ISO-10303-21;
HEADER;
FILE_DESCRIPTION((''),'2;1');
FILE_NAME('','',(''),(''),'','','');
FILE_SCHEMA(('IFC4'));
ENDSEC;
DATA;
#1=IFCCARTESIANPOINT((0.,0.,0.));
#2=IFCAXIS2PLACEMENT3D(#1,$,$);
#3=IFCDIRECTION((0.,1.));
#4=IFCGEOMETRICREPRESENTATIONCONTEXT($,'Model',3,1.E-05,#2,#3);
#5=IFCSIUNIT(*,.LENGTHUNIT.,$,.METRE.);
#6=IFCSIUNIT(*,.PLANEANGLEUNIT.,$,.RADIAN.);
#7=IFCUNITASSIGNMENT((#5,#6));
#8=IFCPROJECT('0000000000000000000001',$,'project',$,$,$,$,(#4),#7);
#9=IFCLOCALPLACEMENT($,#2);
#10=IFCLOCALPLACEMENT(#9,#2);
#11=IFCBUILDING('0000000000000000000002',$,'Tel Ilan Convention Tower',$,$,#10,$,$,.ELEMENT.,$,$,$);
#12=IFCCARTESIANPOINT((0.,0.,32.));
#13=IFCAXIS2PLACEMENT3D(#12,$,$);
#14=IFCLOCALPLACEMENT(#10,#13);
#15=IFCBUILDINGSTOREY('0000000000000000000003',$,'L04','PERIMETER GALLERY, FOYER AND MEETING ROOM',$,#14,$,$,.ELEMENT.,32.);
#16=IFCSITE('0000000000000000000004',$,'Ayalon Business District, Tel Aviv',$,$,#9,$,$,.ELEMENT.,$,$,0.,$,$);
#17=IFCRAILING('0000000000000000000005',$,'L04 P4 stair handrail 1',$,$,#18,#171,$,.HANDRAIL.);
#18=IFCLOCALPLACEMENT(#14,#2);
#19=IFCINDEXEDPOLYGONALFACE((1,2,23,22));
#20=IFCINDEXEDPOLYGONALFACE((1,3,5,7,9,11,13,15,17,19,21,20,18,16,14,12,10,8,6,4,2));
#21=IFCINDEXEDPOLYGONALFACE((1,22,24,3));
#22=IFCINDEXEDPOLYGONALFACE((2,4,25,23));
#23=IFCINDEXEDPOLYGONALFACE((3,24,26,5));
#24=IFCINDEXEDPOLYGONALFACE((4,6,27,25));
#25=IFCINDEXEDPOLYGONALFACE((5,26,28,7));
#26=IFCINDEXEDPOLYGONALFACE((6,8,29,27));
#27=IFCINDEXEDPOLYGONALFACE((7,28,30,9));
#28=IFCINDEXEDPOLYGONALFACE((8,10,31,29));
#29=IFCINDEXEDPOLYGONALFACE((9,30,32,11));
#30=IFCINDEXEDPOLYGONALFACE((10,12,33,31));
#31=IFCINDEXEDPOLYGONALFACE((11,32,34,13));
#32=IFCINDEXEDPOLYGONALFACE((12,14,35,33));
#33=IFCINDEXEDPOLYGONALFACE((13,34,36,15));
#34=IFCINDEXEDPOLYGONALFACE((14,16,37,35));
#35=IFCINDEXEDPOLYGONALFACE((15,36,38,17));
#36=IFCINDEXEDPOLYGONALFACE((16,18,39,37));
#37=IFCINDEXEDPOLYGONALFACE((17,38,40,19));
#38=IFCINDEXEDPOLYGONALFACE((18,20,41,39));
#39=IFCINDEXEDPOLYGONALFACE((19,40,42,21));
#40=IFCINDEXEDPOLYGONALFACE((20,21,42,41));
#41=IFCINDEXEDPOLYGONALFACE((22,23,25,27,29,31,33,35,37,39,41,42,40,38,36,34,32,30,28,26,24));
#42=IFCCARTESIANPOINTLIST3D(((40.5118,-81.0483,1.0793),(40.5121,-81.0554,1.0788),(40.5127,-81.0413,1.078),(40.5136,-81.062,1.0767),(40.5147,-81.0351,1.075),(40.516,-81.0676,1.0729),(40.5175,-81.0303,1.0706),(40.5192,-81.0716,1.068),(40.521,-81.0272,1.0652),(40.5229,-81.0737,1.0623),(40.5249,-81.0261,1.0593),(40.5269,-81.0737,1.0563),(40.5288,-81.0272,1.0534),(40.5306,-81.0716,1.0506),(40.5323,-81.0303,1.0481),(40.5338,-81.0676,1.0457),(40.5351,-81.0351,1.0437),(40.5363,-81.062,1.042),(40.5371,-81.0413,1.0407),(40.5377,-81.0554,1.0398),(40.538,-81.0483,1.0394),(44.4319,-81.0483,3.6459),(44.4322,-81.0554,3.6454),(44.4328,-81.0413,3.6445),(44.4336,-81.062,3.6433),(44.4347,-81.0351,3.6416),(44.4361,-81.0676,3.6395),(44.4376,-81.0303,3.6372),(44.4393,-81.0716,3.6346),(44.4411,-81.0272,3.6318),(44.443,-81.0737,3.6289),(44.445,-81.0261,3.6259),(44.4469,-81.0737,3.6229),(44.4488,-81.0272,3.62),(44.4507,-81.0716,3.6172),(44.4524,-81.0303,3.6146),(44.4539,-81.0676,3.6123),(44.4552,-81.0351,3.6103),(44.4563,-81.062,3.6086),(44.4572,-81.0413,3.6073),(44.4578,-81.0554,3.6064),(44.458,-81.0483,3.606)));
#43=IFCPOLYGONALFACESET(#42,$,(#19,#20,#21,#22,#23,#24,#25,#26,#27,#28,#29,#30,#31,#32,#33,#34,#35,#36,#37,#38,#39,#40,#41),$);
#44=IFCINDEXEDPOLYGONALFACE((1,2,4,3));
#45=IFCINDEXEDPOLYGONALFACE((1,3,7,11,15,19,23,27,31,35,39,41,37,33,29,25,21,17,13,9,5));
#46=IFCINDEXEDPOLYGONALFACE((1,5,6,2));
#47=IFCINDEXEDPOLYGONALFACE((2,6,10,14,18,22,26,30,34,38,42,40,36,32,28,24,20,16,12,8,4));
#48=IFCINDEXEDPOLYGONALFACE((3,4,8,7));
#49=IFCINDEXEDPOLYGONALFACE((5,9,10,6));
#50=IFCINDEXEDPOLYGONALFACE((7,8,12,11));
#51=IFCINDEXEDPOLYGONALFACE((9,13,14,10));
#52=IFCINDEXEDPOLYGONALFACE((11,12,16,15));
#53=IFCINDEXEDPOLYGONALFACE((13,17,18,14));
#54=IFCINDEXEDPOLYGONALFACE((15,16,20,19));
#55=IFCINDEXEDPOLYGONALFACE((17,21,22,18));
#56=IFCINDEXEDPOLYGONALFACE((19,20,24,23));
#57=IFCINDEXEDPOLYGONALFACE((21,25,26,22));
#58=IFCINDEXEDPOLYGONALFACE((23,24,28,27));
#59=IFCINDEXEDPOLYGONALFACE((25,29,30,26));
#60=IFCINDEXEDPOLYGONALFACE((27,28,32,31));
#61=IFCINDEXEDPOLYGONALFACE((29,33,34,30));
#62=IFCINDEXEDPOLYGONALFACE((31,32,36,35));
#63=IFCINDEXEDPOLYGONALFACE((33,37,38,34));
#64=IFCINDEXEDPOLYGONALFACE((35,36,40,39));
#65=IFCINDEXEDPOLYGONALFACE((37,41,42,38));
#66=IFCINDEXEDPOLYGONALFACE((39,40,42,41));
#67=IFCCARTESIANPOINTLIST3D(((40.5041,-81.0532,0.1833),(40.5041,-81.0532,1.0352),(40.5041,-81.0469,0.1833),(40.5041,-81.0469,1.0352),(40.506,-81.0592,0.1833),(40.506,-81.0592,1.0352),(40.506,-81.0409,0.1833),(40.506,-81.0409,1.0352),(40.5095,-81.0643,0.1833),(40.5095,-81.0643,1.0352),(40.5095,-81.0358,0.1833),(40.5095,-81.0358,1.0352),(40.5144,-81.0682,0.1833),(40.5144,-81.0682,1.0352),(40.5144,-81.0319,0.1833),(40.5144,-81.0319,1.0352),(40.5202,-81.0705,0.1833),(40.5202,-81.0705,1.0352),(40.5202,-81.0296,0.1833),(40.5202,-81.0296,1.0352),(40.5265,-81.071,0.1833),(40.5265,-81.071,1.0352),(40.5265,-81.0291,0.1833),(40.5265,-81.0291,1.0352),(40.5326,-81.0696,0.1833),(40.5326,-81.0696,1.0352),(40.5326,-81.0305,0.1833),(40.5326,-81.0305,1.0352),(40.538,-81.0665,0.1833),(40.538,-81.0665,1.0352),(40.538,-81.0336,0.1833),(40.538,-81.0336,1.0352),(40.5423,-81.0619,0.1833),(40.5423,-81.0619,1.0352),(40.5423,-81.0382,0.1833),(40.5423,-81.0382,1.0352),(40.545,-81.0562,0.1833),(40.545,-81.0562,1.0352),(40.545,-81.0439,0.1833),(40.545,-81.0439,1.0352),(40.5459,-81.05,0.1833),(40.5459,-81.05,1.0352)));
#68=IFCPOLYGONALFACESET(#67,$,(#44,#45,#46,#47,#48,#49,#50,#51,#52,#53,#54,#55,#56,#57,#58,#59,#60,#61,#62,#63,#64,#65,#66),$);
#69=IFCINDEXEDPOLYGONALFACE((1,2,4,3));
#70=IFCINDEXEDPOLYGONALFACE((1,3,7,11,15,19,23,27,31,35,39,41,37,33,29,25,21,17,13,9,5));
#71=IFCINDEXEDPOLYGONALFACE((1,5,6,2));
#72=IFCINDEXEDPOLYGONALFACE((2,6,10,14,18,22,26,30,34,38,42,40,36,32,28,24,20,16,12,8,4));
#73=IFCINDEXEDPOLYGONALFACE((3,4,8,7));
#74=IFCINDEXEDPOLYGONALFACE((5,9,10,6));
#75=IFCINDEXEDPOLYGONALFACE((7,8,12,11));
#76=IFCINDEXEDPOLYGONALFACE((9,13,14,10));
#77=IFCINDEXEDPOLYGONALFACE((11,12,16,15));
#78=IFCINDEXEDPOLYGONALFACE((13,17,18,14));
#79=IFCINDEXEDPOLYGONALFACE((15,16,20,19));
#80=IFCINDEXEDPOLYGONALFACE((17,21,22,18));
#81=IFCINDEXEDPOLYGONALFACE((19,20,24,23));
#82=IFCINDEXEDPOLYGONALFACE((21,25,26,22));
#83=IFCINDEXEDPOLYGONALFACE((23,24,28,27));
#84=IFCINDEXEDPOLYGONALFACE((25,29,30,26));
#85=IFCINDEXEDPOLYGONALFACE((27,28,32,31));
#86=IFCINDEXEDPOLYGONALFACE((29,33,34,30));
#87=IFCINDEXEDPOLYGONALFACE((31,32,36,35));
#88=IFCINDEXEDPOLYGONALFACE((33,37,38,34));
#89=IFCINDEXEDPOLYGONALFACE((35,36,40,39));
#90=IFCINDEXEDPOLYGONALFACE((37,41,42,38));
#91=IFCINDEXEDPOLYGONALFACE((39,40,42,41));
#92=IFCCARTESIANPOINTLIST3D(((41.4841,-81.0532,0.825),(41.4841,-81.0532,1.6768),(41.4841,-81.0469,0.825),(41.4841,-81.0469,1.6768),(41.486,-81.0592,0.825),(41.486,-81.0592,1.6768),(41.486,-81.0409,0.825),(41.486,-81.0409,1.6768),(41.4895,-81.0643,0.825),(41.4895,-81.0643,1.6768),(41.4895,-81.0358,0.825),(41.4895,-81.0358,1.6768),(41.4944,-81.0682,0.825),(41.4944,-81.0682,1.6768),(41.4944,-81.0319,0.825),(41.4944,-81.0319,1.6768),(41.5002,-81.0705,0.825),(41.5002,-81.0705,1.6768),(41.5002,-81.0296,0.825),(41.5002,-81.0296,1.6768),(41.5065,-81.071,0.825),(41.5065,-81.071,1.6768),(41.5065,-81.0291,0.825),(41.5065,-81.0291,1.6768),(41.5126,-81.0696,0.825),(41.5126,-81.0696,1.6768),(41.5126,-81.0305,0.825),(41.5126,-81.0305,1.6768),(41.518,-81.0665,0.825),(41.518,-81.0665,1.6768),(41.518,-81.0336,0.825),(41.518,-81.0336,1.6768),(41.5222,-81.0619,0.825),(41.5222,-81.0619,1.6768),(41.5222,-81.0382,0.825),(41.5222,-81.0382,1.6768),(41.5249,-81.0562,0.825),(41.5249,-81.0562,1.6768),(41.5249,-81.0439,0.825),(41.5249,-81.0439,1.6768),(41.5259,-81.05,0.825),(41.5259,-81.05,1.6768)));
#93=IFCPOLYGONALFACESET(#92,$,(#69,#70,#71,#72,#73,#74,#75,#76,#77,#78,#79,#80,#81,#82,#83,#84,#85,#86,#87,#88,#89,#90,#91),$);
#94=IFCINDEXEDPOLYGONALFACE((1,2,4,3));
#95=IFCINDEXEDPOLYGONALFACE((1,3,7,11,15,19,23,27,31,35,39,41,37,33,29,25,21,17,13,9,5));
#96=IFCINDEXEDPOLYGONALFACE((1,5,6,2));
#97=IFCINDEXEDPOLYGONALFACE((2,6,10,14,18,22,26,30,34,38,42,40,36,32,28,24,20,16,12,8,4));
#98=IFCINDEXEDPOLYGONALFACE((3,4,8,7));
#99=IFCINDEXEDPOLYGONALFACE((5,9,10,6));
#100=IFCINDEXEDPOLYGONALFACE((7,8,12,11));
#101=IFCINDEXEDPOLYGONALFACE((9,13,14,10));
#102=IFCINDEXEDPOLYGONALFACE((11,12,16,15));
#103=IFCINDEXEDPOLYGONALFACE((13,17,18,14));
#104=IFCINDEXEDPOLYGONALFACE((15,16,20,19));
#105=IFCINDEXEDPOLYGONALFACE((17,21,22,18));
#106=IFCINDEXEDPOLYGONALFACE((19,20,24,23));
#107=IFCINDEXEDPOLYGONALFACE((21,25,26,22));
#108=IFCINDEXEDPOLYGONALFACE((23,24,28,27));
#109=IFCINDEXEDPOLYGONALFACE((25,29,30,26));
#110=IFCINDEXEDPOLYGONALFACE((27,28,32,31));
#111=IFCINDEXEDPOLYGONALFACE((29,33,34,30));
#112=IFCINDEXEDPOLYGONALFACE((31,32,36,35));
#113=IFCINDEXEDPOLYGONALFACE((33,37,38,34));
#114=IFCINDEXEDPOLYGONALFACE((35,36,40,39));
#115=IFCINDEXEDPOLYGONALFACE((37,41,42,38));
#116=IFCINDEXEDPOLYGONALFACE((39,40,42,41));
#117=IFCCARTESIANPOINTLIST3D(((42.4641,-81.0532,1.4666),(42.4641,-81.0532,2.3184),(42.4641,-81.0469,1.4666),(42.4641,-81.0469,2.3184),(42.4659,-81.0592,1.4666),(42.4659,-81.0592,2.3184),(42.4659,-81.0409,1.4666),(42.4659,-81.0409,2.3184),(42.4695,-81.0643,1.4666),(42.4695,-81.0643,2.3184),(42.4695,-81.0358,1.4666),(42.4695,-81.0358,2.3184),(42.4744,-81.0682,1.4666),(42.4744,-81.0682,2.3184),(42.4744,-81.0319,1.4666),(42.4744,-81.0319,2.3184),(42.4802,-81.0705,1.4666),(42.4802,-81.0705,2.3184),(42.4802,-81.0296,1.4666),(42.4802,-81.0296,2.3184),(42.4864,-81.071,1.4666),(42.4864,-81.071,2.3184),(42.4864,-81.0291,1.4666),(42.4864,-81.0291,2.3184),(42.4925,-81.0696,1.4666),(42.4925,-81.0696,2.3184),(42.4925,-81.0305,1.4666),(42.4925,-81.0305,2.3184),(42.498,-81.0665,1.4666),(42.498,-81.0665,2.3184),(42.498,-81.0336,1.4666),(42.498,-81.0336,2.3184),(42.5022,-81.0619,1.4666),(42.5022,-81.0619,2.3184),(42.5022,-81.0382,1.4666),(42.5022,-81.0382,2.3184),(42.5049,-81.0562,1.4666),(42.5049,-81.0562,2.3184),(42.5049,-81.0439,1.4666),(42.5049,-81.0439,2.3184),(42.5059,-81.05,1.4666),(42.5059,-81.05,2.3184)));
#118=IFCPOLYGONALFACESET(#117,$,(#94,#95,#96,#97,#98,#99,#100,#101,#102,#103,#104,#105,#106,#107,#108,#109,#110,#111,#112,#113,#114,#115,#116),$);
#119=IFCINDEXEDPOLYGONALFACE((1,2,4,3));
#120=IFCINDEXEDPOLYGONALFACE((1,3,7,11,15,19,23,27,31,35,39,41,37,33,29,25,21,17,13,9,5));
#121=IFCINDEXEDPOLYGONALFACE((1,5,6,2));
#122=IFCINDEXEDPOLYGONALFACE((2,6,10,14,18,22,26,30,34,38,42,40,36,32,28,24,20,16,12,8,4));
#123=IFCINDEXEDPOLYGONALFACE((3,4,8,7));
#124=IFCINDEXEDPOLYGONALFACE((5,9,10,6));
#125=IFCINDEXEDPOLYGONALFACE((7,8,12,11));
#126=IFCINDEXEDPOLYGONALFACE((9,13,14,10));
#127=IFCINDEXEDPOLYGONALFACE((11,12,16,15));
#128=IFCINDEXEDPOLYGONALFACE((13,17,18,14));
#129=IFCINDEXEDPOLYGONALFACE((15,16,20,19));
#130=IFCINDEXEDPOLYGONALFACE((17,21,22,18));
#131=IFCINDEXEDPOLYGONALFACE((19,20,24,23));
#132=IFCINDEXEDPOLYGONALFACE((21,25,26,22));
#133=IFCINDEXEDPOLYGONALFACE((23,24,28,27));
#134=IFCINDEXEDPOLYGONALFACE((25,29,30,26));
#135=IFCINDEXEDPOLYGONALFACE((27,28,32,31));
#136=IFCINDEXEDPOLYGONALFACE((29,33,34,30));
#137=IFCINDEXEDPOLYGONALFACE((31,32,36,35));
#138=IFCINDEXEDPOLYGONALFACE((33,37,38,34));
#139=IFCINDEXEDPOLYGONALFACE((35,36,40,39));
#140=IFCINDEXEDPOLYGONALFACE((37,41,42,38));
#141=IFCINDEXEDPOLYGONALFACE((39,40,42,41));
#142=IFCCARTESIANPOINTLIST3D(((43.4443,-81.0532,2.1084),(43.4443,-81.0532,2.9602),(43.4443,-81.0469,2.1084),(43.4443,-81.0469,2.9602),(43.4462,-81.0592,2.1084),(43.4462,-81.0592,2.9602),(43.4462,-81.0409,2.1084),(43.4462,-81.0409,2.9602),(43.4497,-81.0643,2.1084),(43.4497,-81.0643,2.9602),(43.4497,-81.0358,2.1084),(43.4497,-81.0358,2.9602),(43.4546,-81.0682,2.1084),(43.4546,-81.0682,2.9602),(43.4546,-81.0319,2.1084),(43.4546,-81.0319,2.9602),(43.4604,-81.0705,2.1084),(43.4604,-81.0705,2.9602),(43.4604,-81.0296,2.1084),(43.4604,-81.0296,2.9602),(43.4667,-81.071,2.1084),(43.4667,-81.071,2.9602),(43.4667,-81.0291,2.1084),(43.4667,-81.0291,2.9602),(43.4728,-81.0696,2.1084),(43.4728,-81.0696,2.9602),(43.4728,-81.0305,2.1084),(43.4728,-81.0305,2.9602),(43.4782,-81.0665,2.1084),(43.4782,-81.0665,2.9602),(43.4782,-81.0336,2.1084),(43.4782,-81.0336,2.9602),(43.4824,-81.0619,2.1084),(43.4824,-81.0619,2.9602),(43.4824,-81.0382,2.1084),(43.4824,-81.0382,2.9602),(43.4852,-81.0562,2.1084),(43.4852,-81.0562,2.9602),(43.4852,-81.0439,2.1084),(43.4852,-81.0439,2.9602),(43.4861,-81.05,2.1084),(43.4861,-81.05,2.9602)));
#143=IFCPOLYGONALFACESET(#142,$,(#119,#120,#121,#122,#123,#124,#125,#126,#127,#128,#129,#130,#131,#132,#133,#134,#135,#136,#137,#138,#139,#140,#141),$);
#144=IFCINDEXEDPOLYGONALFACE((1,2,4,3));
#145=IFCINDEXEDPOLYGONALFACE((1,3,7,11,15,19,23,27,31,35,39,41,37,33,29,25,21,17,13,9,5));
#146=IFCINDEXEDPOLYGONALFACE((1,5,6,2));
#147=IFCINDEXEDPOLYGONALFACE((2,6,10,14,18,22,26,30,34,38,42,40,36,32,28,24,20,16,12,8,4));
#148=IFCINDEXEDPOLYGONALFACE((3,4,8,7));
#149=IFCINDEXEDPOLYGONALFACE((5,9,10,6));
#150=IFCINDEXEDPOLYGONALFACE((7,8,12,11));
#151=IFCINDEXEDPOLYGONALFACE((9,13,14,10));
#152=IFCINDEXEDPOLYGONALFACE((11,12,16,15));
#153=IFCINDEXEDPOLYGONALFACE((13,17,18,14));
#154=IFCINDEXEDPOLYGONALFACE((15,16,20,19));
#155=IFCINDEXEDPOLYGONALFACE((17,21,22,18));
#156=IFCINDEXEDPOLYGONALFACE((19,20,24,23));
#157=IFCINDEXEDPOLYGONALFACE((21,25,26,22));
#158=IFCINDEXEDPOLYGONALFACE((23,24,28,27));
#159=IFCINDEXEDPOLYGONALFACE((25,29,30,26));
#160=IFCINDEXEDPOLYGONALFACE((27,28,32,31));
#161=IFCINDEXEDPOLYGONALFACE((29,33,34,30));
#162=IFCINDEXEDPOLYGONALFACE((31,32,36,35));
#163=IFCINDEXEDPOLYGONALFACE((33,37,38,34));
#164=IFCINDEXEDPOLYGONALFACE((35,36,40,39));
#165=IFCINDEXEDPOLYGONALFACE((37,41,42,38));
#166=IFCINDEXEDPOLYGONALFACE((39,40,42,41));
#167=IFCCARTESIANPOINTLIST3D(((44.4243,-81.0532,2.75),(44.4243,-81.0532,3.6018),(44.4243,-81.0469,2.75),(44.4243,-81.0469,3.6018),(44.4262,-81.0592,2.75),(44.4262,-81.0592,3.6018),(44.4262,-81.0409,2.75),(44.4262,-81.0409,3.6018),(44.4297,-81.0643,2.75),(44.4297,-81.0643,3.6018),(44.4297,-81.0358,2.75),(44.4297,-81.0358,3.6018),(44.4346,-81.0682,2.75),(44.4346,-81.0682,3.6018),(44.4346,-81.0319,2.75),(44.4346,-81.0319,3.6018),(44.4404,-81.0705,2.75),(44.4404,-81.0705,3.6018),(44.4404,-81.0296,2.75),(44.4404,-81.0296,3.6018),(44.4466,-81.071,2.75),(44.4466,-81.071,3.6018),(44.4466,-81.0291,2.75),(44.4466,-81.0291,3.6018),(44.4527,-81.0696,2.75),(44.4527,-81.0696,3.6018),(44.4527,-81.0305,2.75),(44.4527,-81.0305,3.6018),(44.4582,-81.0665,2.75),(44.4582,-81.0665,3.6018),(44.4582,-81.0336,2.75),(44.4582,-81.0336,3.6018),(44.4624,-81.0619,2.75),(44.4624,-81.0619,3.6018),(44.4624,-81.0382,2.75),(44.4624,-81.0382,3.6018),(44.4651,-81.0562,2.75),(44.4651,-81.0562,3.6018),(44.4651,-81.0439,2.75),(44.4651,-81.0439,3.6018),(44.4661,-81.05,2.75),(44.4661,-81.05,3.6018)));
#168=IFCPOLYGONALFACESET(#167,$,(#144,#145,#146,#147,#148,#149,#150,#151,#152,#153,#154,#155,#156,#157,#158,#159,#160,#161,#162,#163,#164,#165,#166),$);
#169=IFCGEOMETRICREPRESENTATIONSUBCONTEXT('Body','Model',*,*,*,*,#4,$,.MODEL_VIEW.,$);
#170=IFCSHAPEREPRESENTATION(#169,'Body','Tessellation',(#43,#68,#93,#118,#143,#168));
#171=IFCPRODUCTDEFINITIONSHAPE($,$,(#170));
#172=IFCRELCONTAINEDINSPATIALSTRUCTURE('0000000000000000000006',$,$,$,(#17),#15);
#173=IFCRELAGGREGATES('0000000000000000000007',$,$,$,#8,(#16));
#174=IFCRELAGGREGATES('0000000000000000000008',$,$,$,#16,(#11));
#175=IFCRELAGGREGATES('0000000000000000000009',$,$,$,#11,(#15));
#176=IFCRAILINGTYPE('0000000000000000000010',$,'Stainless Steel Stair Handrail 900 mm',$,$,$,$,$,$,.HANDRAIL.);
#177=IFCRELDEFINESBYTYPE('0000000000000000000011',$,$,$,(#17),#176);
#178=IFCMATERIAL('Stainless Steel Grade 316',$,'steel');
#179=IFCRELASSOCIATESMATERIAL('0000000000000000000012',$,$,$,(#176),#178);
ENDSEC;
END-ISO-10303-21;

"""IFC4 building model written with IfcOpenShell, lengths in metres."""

from ifc_helpers import new_model, si_unit, direction, frame, origin, origin_2d, place, context, subcontext, project, spatial, circle, extrude, material, type_object, element, save


model = new_model("IFC4")

# Units and contexts
model_context = context("Model", 3, precision=1e-05, world=origin(), true_north=direction((0.0, 1.0)))
body_context = subcontext(model_context, "Body", "Model", "MODEL_VIEW")
ifc_project = project(units=[si_unit("LENGTHUNIT", "METRE"), si_unit("PLANEANGLEUNIT", "RADIAN")], contexts=[model_context])

# Site, building, storey
site_placement = place(None, origin())
site = spatial("IfcSite", under=ifc_project, at=site_placement, Name="Ayalon Business District, Tel Aviv", CompositionType="ELEMENT", RefElevation=0.0)
building_placement = place(site_placement, origin())
building = spatial("IfcBuilding", under=site, at=building_placement, Name="Tel Ilan Convention Tower", CompositionType="ELEMENT")
storey_placement = place(building_placement, frame((0.0, 0.0, 32.0)))
storey = spatial("IfcBuildingStorey", under=building, at=storey_placement, Name="L04", Description="PERIMETER GALLERY, FOYER AND MEETING ROOM", CompositionType="ELEMENT", Elevation=32.0)

# Railing
ifc_material_1 = material(Name="Stainless Steel Grade 316", Category="steel")
railing_type_1 = type_object("IfcRailingType", Name="Stainless Steel Stair Handrail 900 mm", PredefinedType="HANDRAIL", material=ifc_material_1)
railing_1_placement = place(storey_placement, frame((40.5249, -81.05, 0.1833)))
element("IfcRailing", 1, at=railing_1_placement, inside=storey, type_object=railing_type_1, Name="L04 P4 stair handrail 1", PredefinedType="HANDRAIL", context=body_context, shape_type="SweptSolid", body=[
    extrude(circle(Radius=0.0239, at=origin_2d()), frame((0.0, 0.0, 0.876), z_axis=(0.836631, 0.0, 0.547767), x_axis=(0.0, 1.0, 0.0)), (0.0, 0.0, 1.0), 4.6855),
    extrude(circle(Radius=0.021, at=origin_2d()), origin(), (0.0, 0.0, 1.0), 0.8518),
    extrude(circle(Radius=0.021, at=origin_2d()), frame((0.98, 0.0, 0.6416)), (0.0, 0.0, 1.0), 0.8518),
    extrude(circle(Radius=0.021, at=origin_2d()), frame((1.96, 0.0, 1.2832)), (0.0, 0.0, 1.0), 0.8518),
    extrude(circle(Radius=0.021, at=origin_2d()), frame((2.9402, 0.0, 1.925)), (0.0, 0.0, 1.0), 0.8518),
    extrude(circle(Radius=0.021, at=origin_2d()), frame((3.9202, 0.0, 2.5667)), (0.0, 0.0, 1.0), 0.8518),
])

save(model, "model.ifc")
